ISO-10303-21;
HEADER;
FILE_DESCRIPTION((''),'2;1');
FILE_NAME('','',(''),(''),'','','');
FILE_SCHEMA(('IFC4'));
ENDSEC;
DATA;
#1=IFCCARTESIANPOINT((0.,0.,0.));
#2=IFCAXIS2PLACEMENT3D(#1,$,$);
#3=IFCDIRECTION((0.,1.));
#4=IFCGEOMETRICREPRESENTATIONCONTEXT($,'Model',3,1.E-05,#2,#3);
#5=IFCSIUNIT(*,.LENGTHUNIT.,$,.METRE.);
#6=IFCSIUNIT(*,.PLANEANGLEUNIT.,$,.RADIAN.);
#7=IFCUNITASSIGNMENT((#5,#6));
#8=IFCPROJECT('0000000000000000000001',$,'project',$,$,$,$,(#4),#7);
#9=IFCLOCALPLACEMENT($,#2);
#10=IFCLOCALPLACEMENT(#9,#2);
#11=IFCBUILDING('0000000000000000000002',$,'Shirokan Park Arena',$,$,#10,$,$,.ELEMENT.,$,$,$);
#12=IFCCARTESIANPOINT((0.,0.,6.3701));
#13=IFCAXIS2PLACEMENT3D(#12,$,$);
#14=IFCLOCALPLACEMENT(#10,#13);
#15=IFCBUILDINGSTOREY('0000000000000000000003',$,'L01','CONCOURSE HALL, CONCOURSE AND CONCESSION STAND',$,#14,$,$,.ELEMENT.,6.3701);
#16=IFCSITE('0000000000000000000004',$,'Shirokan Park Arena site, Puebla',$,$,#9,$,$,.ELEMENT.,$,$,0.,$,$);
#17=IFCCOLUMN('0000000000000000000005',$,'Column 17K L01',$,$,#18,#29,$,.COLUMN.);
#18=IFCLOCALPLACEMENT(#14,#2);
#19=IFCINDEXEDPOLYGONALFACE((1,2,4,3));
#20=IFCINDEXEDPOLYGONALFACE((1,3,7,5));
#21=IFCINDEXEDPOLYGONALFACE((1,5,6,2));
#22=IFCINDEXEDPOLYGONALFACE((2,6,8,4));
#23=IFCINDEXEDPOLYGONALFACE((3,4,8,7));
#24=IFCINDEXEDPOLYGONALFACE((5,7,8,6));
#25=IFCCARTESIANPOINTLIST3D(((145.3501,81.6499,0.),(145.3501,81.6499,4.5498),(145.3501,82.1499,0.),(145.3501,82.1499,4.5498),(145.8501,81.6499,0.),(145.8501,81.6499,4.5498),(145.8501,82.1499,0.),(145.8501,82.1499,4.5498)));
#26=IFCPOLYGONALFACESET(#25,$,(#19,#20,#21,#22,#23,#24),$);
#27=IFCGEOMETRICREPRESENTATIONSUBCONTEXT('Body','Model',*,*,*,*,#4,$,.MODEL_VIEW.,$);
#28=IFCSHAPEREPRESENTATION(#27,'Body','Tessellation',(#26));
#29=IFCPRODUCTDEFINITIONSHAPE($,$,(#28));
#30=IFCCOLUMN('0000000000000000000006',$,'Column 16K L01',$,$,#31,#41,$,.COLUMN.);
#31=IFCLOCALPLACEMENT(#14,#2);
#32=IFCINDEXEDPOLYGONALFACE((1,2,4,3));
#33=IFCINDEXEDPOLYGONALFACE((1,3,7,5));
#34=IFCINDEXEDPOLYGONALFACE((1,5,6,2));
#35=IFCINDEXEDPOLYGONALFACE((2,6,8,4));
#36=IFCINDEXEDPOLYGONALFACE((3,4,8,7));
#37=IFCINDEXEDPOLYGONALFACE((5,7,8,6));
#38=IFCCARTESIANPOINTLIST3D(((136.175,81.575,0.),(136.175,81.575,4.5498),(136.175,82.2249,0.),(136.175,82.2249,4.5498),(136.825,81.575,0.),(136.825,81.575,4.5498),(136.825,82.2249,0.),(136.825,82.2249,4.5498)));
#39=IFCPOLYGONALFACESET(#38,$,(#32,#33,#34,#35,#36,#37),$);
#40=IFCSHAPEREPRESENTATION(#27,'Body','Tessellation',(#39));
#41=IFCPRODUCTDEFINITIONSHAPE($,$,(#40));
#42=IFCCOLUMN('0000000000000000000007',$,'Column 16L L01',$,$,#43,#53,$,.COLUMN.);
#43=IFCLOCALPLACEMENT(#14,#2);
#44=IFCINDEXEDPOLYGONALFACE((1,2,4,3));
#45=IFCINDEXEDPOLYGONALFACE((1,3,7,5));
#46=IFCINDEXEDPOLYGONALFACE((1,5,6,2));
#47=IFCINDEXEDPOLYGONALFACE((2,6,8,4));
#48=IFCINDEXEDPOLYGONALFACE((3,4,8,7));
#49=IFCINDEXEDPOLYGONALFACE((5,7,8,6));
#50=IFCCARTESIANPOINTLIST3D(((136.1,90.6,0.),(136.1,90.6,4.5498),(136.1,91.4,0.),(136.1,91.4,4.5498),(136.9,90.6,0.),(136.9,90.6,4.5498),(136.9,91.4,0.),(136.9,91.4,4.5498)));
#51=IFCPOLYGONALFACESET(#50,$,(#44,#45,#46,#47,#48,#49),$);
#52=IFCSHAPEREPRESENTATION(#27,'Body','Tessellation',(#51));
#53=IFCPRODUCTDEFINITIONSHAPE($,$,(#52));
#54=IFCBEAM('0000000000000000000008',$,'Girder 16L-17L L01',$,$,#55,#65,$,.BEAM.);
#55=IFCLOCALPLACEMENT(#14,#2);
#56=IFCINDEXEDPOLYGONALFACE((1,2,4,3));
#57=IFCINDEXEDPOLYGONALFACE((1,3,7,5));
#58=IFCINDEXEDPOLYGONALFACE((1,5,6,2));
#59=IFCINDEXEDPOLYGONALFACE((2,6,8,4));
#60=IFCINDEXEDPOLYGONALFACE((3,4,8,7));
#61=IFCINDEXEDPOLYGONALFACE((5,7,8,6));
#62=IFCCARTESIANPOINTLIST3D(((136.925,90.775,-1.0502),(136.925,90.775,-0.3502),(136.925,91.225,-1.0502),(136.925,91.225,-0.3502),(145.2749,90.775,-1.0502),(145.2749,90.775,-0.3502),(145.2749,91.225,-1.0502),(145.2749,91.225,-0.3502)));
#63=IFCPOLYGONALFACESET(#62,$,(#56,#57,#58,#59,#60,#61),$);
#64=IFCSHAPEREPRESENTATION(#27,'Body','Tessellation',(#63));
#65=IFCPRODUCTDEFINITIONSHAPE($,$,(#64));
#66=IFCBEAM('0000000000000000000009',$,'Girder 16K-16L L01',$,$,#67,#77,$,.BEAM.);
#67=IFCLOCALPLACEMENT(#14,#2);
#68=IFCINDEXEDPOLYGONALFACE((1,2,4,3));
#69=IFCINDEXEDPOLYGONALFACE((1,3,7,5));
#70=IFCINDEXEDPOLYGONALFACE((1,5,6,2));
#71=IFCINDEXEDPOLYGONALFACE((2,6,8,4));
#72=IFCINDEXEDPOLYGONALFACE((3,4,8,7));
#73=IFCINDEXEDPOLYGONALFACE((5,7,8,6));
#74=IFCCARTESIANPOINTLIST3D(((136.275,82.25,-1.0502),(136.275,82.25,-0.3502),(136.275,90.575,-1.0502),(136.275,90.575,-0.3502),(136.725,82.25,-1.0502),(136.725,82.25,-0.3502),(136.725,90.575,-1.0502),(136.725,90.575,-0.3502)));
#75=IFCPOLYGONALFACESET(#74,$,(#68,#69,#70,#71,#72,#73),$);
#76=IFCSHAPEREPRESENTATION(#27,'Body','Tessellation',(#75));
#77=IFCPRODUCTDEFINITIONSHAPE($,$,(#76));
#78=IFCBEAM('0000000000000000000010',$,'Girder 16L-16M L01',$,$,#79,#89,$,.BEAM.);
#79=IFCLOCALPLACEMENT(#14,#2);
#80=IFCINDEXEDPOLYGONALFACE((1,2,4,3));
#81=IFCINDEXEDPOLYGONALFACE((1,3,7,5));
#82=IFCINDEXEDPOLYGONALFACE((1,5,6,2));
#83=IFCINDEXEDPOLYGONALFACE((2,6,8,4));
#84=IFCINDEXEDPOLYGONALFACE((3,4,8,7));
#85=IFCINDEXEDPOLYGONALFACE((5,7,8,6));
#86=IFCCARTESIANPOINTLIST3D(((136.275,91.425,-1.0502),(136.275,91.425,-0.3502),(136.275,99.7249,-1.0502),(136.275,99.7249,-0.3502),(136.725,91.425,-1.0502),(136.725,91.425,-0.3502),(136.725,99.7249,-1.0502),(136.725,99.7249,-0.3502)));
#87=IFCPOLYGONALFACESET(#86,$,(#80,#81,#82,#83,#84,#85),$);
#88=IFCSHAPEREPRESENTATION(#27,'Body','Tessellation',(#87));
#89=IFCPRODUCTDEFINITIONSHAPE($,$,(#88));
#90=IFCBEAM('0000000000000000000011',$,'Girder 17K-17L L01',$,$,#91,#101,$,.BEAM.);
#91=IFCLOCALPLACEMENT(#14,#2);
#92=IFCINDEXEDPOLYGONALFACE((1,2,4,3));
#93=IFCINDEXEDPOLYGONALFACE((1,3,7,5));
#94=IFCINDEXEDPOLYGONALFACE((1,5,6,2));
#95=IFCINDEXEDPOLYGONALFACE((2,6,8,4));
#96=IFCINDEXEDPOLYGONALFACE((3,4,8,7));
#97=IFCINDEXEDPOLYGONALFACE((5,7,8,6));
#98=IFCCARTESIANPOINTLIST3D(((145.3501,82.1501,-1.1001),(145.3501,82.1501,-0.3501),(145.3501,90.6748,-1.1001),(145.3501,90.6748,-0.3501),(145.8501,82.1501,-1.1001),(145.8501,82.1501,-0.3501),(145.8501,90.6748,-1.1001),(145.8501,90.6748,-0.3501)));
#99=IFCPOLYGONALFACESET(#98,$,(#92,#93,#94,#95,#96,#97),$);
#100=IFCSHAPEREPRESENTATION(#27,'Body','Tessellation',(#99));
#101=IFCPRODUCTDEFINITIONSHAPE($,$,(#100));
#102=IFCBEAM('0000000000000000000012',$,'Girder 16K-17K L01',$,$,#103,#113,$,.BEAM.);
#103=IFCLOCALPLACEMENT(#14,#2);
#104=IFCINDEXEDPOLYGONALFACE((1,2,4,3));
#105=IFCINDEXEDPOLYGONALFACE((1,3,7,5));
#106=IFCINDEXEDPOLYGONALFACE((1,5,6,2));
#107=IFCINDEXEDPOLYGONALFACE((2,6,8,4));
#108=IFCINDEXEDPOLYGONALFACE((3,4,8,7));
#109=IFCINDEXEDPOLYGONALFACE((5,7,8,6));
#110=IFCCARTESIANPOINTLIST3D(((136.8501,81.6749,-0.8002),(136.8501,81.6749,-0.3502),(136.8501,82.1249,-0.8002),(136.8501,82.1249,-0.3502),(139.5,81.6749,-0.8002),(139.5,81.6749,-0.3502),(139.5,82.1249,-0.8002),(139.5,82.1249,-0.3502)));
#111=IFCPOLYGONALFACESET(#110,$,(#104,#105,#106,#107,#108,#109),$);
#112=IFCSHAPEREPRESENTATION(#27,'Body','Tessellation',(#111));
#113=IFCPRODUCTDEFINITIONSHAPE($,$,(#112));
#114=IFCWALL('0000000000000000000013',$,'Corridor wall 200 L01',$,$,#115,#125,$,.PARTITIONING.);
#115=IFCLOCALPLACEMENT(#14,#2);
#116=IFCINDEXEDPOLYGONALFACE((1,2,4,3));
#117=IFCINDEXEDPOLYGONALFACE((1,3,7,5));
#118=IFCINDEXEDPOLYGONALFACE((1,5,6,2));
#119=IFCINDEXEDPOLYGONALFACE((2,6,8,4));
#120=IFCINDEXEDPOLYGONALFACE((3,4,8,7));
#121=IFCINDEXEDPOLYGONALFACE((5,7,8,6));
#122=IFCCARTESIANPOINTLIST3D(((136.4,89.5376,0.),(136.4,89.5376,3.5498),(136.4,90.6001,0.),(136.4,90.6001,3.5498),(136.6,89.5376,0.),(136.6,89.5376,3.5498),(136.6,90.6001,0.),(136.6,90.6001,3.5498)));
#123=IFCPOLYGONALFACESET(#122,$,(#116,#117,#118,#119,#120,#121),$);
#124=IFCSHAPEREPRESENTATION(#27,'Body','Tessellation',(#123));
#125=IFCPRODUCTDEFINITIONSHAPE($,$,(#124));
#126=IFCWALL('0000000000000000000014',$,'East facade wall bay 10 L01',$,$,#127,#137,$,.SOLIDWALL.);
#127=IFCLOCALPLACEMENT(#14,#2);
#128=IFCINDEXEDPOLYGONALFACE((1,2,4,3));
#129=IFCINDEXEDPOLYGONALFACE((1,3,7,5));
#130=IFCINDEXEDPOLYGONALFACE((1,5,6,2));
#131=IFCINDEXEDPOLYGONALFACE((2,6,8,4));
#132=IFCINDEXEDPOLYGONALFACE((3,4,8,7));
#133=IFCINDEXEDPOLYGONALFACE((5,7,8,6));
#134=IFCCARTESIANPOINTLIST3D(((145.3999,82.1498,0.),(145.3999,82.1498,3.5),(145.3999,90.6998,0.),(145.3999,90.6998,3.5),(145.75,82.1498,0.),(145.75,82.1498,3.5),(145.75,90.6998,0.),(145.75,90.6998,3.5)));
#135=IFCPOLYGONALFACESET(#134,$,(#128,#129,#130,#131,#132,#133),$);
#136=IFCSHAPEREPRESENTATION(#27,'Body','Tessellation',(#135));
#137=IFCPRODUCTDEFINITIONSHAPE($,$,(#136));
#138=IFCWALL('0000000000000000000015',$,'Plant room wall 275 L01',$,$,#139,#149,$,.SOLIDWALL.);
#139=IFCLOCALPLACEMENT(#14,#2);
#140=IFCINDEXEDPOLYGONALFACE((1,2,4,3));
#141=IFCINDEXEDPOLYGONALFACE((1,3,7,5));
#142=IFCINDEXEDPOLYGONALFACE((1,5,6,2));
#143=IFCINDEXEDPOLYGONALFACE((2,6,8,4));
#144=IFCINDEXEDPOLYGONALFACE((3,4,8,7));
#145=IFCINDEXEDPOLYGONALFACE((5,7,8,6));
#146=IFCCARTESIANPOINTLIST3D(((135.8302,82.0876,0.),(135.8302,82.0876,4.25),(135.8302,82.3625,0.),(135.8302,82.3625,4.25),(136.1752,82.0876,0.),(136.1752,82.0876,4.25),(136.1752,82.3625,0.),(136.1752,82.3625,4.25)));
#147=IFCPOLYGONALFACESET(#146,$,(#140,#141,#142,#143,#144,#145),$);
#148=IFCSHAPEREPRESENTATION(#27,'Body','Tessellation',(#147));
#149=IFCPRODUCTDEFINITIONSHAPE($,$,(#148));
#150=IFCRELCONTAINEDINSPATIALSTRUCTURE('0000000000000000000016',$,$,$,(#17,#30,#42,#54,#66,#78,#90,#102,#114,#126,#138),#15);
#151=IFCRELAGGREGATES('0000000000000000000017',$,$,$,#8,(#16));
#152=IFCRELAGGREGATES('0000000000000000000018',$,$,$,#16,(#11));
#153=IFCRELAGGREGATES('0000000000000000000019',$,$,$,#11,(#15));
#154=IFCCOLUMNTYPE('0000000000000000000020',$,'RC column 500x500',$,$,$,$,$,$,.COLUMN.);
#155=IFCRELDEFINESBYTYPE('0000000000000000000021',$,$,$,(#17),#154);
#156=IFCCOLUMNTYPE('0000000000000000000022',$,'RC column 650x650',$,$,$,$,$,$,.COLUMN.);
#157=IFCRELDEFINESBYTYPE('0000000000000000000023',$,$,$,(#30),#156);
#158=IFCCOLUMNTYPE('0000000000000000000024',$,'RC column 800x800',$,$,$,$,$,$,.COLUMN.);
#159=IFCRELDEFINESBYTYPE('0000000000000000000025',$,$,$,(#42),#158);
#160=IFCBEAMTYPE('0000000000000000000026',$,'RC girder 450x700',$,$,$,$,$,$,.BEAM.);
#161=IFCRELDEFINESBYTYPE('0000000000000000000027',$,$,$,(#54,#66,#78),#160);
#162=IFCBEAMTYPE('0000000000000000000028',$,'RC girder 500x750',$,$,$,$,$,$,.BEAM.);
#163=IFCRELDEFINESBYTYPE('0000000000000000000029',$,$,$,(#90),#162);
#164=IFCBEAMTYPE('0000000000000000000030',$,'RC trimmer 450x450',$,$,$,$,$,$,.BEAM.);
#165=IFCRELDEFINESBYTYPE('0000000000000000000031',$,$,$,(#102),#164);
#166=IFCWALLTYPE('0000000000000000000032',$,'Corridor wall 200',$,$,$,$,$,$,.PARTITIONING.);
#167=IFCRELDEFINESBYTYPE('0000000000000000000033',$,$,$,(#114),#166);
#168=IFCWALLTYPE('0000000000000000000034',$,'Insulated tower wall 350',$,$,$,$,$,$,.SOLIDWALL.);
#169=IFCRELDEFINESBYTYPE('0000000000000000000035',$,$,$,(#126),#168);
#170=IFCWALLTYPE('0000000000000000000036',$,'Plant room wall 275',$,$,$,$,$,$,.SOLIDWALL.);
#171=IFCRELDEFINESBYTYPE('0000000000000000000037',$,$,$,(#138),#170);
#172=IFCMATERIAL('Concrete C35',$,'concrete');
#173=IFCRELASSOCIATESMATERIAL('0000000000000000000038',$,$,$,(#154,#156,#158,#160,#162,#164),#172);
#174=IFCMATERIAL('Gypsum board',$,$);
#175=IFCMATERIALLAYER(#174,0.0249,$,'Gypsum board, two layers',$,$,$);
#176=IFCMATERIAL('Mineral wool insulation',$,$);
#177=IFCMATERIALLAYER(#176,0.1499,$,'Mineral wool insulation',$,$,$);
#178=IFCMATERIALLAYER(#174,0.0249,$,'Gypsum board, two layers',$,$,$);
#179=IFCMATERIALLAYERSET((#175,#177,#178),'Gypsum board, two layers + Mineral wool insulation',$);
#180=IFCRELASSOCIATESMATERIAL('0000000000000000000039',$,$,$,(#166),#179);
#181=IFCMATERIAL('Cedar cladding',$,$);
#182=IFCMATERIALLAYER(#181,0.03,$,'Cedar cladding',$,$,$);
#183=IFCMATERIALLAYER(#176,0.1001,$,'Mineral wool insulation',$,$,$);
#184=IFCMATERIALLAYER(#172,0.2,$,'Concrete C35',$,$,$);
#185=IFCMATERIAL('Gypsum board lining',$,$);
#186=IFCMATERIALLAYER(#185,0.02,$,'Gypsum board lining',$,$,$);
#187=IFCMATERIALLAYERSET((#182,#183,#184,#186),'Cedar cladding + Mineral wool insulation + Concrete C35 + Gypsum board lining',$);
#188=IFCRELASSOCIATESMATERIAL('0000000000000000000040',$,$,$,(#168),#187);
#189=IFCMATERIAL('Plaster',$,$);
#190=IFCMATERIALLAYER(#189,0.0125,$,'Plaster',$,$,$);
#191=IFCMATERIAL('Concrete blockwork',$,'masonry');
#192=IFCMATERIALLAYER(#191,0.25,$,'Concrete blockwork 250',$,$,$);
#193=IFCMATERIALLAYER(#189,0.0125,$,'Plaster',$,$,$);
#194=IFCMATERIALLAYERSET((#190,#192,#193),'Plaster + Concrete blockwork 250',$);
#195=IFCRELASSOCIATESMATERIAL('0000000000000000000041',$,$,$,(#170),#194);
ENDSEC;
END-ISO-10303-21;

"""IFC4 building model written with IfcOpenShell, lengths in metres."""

from ifc_helpers import new_model, si_unit, direction, frame, frame_2d, origin, origin_2d, place, context, subcontext, project, spatial, rectangle, extrude, material, layer, layer_set, material_profile, profile_set, type_object, element, save


model = new_model("IFC4")

# Units and contexts
model_context = context("Model", 3, precision=1e-05, world=origin(), true_north=direction((0.0, 1.0)))
body_context = subcontext(model_context, "Body", "Model", "MODEL_VIEW")
ifc_project = project(units=[si_unit("LENGTHUNIT", "METRE"), si_unit("PLANEANGLEUNIT", "RADIAN")], contexts=[model_context])

# Site, building, storey
site_placement = place(None, origin())
site = spatial("IfcSite", under=ifc_project, at=site_placement, Name="Shirokan Park Arena site, Puebla", CompositionType="ELEMENT", RefElevation=0.0)
building_placement = place(site_placement, origin())
building = spatial("IfcBuilding", under=site, at=building_placement, Name="Shirokan Park Arena", CompositionType="ELEMENT")
storey_placement = place(building_placement, frame((0.0, 0.0, 6.3701)))
storey = spatial("IfcBuildingStorey", under=building, at=storey_placement, Name="L01", Description="CONCOURSE HALL, CONCOURSE AND CONCESSION STAND", CompositionType="ELEMENT", Elevation=6.3701)

# Columns
ifc_material_1 = material(Name="Concrete C35", Category="concrete")
ifc_material_profile_1 = material_profile(ifc_material_1, rectangle(XDim=0.5, YDim=0.5, at=origin_2d()), Name="500x500")
ifc_profile_set_1 = profile_set([ifc_material_profile_1], Name="Concrete C35")
column_type_1 = type_object("IfcColumnType", Name="RC column 500x500", PredefinedType="COLUMN", material=ifc_profile_set_1)
column_1_placement = place(storey_placement, frame((145.6001, 81.8999, 0.0), z_axis=(0.0, 0.0, 1.0), x_axis=(1.0, 0.0, 0.0)))
element("IfcColumn", 1, at=column_1_placement, inside=storey, type_object=column_type_1, Name="Column 17K L01", PredefinedType="COLUMN", context=body_context, shape_type="SweptSolid", body=[
    extrude(rectangle(XDim=0.5, YDim=0.5, at=origin_2d()), origin(), (0.0, 0.0, 1.0), 4.5498),
])
ifc_material_profile_2 = material_profile(ifc_material_1, rectangle(XDim=0.6499, YDim=0.6499, at=origin_2d()), Name="650x650")
ifc_profile_set_2 = profile_set([ifc_material_profile_2], Name="Concrete C35")
column_type_2 = type_object("IfcColumnType", Name="RC column 650x650", PredefinedType="COLUMN", material=ifc_profile_set_2)
column_2_placement = place(storey_placement, frame((136.5, 81.8999, 0.0), z_axis=(0.0, 0.0, 1.0), x_axis=(1.0, 0.0, 0.0)))
element("IfcColumn", 2, at=column_2_placement, inside=storey, type_object=column_type_2, Name="Column 16K L01", PredefinedType="COLUMN", context=body_context, shape_type="SweptSolid", body=[
    extrude(rectangle(XDim=0.6499, YDim=0.6499, at=origin_2d()), origin(), (0.0, 0.0, 1.0), 4.5498),
])
ifc_material_profile_3 = material_profile(ifc_material_1, rectangle(XDim=0.8, YDim=0.8, at=origin_2d()), Name="800x800")
ifc_profile_set_3 = profile_set([ifc_material_profile_3], Name="Concrete C35")
column_type_3 = type_object("IfcColumnType", Name="RC column 800x800", PredefinedType="COLUMN", material=ifc_profile_set_3)
column_3_placement = place(storey_placement, frame((136.5, 91.0, 0.0), z_axis=(0.0, 0.0, 1.0), x_axis=(1.0, 0.0, 0.0)))
element("IfcColumn", 3, at=column_3_placement, inside=storey, type_object=column_type_3, Name="Column 16L L01", PredefinedType="COLUMN", context=body_context, shape_type="SweptSolid", body=[
    extrude(rectangle(XDim=0.8, YDim=0.8, at=origin_2d()), origin(), (0.0, 0.0, 1.0), 4.5498),
])

# Beams
ifc_material_profile_4 = material_profile(ifc_material_1, rectangle(XDim=0.45, YDim=0.7, at=origin_2d()), Name="450x700")
ifc_profile_set_4 = profile_set([ifc_material_profile_4], Name="Concrete C35")
beam_type_1 = type_object("IfcBeamType", Name="RC girder 450x700", PredefinedType="BEAM", material=ifc_profile_set_4)
beam_1_placement = place(storey_placement, frame((136.925, 91.0, -0.7002), z_axis=(1.0, 0.0, 0.0), x_axis=(0.0, 1.0, 0.0)))
element("IfcBeam", 4, at=beam_1_placement, inside=storey, type_object=beam_type_1, Name="Girder 16L-17L L01", PredefinedType="BEAM", context=body_context, shape_type="SweptSolid", body=[
    extrude(rectangle(XDim=0.45, YDim=0.7, at=origin_2d()), origin(), (0.0, 0.0, 1.0), 8.3499),
])
beam_2_placement = place(storey_placement, frame((136.5, 82.25, -0.7002), z_axis=(0.0, 1.0, 0.0), x_axis=(-1.0, 0.0, 0.0)))
element("IfcBeam", 5, at=beam_2_placement, inside=storey, type_object=beam_type_1, Name="Girder 16K-16L L01", PredefinedType="BEAM", context=body_context, shape_type="SweptSolid", body=[
    extrude(rectangle(XDim=0.45, YDim=0.7, at=origin_2d()), origin(), (0.0, 0.0, 1.0), 8.325),
])
beam_3_placement = place(storey_placement, frame((136.5, 91.425, -0.7002), z_axis=(0.0, 1.0, 0.0), x_axis=(-1.0, 0.0, 0.0)))
element("IfcBeam", 6, at=beam_3_placement, inside=storey, type_object=beam_type_1, Name="Girder 16L-16M L01", PredefinedType="BEAM", context=body_context, shape_type="SweptSolid", body=[
    extrude(rectangle(XDim=0.45, YDim=0.7, at=origin_2d()), origin(), (0.0, 0.0, 1.0), 8.2998),
])
ifc_material_profile_5 = material_profile(ifc_material_1, rectangle(XDim=0.5, YDim=0.75, at=origin_2d()), Name="500x750")
ifc_profile_set_5 = profile_set([ifc_material_profile_5], Name="Concrete C35")
beam_type_2 = type_object("IfcBeamType", Name="RC girder 500x750", PredefinedType="BEAM", material=ifc_profile_set_5)
beam_4_placement = place(storey_placement, frame((145.6001, 82.1501, -0.7251), z_axis=(0.0, 1.0, 0.0), x_axis=(-1.0, 0.0, 0.0)))
element("IfcBeam", 7, at=beam_4_placement, inside=storey, type_object=beam_type_2, Name="Girder 17K-17L L01", PredefinedType="BEAM", context=body_context, shape_type="SweptSolid", body=[
    extrude(rectangle(XDim=0.5, YDim=0.75, at=origin_2d()), origin(), (0.0, 0.0, 1.0), 8.5247),
])
ifc_material_profile_6 = material_profile(ifc_material_1, rectangle(XDim=0.45, YDim=0.45, at=origin_2d()), Name="450x450")
ifc_profile_set_6 = profile_set([ifc_material_profile_6], Name="Concrete C35")
beam_type_3 = type_object("IfcBeamType", Name="RC trimmer 450x450", PredefinedType="BEAM", material=ifc_profile_set_6)
beam_5_placement = place(storey_placement, frame((136.8501, 81.8999, -0.5752), z_axis=(1.0, 0.0, 0.0), x_axis=(0.0, 1.0, 0.0)))
element("IfcBeam", 8, at=beam_5_placement, inside=storey, type_object=beam_type_3, Name="Girder 16K-17K L01", PredefinedType="BEAM", context=body_context, shape_type="SweptSolid", body=[
    extrude(rectangle(XDim=0.45, YDim=0.45, at=origin_2d()), origin(), (0.0, 0.0, 1.0), 2.6499),
])

# Wall
ifc_material_2 = material(Name="Gypsum board")
ifc_layer_1 = layer(ifc_material_2, 0.0249, Name="Gypsum board, two layers")
ifc_material_3 = material(Name="Mineral wool insulation")
ifc_layer_2 = layer(ifc_material_3, 0.1499, Name="Mineral wool insulation")
ifc_layer_3 = layer(ifc_material_2, 0.0249, Name="Gypsum board, two layers")
ifc_layer_set_1 = layer_set([ifc_layer_1, ifc_layer_2, ifc_layer_3], Name="Gypsum board, two layers + Mineral wool insulation")
wall_type_1 = type_object("IfcWallType", Name="Corridor wall 200", PredefinedType="PARTITIONING", material=ifc_layer_set_1)
wall_1_placement = place(storey_placement, frame((136.5, 89.5376, 0.0), z_axis=(0.0, 0.0, 1.0), x_axis=(0.0, 1.0, 0.0)))
element("IfcWall", 9, at=wall_1_placement, inside=storey, type_object=wall_type_1, Name="Corridor wall 200 L01", PredefinedType="PARTITIONING", context=body_context, shape_type="SweptSolid", body=[
    extrude(rectangle(XDim=1.0625, YDim=0.2, at=frame_2d((0.5312, 0.0))), origin(), (0.0, 0.0, 1.0), 3.5498),
])

# Walls
ifc_material_4 = material(Name="Cedar cladding")
ifc_layer_4 = layer(ifc_material_4, 0.03, Name="Cedar cladding")
ifc_layer_5 = layer(ifc_material_3, 0.1001, Name="Mineral wool insulation")
ifc_layer_6 = layer(ifc_material_1, 0.2, Name="Concrete C35")
ifc_material_5 = material(Name="Gypsum board lining")
ifc_layer_7 = layer(ifc_material_5, 0.02, Name="Gypsum board lining")
ifc_layer_set_2 = layer_set([ifc_layer_4, ifc_layer_5, ifc_layer_6, ifc_layer_7], Name="Cedar cladding + Mineral wool insulation + Concrete C35 + Gypsum board lining")
wall_type_2 = type_object("IfcWallType", Name="Insulated tower wall 350", PredefinedType="SOLIDWALL", material=ifc_layer_set_2)
wall_2_placement = place(storey_placement, frame((145.575, 82.1499, 0.0), z_axis=(0.0, 0.0, 1.0), x_axis=(0.0, 1.0, 0.0)))
element("IfcWall", 10, at=wall_2_placement, inside=storey, type_object=wall_type_2, Name="East facade wall bay 10 L01", PredefinedType="SOLIDWALL", context=body_context, shape_type="SweptSolid", body=[
    extrude(rectangle(XDim=8.55, YDim=0.3501, at=frame_2d((4.2749, 0.0))), origin(), (0.0, 0.0, 1.0), 3.5),
])
ifc_material_6 = material(Name="Plaster")
ifc_layer_8 = layer(ifc_material_6, 0.0125, Name="Plaster")
ifc_material_7 = material(Name="Concrete blockwork", Category="masonry")
ifc_layer_9 = layer(ifc_material_7, 0.25, Name="Concrete blockwork 250")
ifc_layer_10 = layer(ifc_material_6, 0.0125, Name="Plaster")
ifc_layer_set_3 = layer_set([ifc_layer_8, ifc_layer_9, ifc_layer_10], Name="Plaster + Concrete blockwork 250")
wall_type_3 = type_object("IfcWallType", Name="Plant room wall 275", PredefinedType="SOLIDWALL", material=ifc_layer_set_3)
wall_3_placement = place(storey_placement, frame((136.175, 82.2251, 0.0), z_axis=(0.0, 0.0, 1.0), x_axis=(-1.0, 0.0, 0.0)))
element("IfcWall", 11, at=wall_3_placement, inside=storey, type_object=wall_type_3, Name="Plant room wall 275 L01", PredefinedType="SOLIDWALL", context=body_context, shape_type="SweptSolid", body=[
    extrude(rectangle(XDim=0.345, YDim=0.2749, at=frame_2d((0.1724, 0.0))), origin(), (0.0, 0.0, 1.0), 4.25),
])

save(model, "model.ifc")
